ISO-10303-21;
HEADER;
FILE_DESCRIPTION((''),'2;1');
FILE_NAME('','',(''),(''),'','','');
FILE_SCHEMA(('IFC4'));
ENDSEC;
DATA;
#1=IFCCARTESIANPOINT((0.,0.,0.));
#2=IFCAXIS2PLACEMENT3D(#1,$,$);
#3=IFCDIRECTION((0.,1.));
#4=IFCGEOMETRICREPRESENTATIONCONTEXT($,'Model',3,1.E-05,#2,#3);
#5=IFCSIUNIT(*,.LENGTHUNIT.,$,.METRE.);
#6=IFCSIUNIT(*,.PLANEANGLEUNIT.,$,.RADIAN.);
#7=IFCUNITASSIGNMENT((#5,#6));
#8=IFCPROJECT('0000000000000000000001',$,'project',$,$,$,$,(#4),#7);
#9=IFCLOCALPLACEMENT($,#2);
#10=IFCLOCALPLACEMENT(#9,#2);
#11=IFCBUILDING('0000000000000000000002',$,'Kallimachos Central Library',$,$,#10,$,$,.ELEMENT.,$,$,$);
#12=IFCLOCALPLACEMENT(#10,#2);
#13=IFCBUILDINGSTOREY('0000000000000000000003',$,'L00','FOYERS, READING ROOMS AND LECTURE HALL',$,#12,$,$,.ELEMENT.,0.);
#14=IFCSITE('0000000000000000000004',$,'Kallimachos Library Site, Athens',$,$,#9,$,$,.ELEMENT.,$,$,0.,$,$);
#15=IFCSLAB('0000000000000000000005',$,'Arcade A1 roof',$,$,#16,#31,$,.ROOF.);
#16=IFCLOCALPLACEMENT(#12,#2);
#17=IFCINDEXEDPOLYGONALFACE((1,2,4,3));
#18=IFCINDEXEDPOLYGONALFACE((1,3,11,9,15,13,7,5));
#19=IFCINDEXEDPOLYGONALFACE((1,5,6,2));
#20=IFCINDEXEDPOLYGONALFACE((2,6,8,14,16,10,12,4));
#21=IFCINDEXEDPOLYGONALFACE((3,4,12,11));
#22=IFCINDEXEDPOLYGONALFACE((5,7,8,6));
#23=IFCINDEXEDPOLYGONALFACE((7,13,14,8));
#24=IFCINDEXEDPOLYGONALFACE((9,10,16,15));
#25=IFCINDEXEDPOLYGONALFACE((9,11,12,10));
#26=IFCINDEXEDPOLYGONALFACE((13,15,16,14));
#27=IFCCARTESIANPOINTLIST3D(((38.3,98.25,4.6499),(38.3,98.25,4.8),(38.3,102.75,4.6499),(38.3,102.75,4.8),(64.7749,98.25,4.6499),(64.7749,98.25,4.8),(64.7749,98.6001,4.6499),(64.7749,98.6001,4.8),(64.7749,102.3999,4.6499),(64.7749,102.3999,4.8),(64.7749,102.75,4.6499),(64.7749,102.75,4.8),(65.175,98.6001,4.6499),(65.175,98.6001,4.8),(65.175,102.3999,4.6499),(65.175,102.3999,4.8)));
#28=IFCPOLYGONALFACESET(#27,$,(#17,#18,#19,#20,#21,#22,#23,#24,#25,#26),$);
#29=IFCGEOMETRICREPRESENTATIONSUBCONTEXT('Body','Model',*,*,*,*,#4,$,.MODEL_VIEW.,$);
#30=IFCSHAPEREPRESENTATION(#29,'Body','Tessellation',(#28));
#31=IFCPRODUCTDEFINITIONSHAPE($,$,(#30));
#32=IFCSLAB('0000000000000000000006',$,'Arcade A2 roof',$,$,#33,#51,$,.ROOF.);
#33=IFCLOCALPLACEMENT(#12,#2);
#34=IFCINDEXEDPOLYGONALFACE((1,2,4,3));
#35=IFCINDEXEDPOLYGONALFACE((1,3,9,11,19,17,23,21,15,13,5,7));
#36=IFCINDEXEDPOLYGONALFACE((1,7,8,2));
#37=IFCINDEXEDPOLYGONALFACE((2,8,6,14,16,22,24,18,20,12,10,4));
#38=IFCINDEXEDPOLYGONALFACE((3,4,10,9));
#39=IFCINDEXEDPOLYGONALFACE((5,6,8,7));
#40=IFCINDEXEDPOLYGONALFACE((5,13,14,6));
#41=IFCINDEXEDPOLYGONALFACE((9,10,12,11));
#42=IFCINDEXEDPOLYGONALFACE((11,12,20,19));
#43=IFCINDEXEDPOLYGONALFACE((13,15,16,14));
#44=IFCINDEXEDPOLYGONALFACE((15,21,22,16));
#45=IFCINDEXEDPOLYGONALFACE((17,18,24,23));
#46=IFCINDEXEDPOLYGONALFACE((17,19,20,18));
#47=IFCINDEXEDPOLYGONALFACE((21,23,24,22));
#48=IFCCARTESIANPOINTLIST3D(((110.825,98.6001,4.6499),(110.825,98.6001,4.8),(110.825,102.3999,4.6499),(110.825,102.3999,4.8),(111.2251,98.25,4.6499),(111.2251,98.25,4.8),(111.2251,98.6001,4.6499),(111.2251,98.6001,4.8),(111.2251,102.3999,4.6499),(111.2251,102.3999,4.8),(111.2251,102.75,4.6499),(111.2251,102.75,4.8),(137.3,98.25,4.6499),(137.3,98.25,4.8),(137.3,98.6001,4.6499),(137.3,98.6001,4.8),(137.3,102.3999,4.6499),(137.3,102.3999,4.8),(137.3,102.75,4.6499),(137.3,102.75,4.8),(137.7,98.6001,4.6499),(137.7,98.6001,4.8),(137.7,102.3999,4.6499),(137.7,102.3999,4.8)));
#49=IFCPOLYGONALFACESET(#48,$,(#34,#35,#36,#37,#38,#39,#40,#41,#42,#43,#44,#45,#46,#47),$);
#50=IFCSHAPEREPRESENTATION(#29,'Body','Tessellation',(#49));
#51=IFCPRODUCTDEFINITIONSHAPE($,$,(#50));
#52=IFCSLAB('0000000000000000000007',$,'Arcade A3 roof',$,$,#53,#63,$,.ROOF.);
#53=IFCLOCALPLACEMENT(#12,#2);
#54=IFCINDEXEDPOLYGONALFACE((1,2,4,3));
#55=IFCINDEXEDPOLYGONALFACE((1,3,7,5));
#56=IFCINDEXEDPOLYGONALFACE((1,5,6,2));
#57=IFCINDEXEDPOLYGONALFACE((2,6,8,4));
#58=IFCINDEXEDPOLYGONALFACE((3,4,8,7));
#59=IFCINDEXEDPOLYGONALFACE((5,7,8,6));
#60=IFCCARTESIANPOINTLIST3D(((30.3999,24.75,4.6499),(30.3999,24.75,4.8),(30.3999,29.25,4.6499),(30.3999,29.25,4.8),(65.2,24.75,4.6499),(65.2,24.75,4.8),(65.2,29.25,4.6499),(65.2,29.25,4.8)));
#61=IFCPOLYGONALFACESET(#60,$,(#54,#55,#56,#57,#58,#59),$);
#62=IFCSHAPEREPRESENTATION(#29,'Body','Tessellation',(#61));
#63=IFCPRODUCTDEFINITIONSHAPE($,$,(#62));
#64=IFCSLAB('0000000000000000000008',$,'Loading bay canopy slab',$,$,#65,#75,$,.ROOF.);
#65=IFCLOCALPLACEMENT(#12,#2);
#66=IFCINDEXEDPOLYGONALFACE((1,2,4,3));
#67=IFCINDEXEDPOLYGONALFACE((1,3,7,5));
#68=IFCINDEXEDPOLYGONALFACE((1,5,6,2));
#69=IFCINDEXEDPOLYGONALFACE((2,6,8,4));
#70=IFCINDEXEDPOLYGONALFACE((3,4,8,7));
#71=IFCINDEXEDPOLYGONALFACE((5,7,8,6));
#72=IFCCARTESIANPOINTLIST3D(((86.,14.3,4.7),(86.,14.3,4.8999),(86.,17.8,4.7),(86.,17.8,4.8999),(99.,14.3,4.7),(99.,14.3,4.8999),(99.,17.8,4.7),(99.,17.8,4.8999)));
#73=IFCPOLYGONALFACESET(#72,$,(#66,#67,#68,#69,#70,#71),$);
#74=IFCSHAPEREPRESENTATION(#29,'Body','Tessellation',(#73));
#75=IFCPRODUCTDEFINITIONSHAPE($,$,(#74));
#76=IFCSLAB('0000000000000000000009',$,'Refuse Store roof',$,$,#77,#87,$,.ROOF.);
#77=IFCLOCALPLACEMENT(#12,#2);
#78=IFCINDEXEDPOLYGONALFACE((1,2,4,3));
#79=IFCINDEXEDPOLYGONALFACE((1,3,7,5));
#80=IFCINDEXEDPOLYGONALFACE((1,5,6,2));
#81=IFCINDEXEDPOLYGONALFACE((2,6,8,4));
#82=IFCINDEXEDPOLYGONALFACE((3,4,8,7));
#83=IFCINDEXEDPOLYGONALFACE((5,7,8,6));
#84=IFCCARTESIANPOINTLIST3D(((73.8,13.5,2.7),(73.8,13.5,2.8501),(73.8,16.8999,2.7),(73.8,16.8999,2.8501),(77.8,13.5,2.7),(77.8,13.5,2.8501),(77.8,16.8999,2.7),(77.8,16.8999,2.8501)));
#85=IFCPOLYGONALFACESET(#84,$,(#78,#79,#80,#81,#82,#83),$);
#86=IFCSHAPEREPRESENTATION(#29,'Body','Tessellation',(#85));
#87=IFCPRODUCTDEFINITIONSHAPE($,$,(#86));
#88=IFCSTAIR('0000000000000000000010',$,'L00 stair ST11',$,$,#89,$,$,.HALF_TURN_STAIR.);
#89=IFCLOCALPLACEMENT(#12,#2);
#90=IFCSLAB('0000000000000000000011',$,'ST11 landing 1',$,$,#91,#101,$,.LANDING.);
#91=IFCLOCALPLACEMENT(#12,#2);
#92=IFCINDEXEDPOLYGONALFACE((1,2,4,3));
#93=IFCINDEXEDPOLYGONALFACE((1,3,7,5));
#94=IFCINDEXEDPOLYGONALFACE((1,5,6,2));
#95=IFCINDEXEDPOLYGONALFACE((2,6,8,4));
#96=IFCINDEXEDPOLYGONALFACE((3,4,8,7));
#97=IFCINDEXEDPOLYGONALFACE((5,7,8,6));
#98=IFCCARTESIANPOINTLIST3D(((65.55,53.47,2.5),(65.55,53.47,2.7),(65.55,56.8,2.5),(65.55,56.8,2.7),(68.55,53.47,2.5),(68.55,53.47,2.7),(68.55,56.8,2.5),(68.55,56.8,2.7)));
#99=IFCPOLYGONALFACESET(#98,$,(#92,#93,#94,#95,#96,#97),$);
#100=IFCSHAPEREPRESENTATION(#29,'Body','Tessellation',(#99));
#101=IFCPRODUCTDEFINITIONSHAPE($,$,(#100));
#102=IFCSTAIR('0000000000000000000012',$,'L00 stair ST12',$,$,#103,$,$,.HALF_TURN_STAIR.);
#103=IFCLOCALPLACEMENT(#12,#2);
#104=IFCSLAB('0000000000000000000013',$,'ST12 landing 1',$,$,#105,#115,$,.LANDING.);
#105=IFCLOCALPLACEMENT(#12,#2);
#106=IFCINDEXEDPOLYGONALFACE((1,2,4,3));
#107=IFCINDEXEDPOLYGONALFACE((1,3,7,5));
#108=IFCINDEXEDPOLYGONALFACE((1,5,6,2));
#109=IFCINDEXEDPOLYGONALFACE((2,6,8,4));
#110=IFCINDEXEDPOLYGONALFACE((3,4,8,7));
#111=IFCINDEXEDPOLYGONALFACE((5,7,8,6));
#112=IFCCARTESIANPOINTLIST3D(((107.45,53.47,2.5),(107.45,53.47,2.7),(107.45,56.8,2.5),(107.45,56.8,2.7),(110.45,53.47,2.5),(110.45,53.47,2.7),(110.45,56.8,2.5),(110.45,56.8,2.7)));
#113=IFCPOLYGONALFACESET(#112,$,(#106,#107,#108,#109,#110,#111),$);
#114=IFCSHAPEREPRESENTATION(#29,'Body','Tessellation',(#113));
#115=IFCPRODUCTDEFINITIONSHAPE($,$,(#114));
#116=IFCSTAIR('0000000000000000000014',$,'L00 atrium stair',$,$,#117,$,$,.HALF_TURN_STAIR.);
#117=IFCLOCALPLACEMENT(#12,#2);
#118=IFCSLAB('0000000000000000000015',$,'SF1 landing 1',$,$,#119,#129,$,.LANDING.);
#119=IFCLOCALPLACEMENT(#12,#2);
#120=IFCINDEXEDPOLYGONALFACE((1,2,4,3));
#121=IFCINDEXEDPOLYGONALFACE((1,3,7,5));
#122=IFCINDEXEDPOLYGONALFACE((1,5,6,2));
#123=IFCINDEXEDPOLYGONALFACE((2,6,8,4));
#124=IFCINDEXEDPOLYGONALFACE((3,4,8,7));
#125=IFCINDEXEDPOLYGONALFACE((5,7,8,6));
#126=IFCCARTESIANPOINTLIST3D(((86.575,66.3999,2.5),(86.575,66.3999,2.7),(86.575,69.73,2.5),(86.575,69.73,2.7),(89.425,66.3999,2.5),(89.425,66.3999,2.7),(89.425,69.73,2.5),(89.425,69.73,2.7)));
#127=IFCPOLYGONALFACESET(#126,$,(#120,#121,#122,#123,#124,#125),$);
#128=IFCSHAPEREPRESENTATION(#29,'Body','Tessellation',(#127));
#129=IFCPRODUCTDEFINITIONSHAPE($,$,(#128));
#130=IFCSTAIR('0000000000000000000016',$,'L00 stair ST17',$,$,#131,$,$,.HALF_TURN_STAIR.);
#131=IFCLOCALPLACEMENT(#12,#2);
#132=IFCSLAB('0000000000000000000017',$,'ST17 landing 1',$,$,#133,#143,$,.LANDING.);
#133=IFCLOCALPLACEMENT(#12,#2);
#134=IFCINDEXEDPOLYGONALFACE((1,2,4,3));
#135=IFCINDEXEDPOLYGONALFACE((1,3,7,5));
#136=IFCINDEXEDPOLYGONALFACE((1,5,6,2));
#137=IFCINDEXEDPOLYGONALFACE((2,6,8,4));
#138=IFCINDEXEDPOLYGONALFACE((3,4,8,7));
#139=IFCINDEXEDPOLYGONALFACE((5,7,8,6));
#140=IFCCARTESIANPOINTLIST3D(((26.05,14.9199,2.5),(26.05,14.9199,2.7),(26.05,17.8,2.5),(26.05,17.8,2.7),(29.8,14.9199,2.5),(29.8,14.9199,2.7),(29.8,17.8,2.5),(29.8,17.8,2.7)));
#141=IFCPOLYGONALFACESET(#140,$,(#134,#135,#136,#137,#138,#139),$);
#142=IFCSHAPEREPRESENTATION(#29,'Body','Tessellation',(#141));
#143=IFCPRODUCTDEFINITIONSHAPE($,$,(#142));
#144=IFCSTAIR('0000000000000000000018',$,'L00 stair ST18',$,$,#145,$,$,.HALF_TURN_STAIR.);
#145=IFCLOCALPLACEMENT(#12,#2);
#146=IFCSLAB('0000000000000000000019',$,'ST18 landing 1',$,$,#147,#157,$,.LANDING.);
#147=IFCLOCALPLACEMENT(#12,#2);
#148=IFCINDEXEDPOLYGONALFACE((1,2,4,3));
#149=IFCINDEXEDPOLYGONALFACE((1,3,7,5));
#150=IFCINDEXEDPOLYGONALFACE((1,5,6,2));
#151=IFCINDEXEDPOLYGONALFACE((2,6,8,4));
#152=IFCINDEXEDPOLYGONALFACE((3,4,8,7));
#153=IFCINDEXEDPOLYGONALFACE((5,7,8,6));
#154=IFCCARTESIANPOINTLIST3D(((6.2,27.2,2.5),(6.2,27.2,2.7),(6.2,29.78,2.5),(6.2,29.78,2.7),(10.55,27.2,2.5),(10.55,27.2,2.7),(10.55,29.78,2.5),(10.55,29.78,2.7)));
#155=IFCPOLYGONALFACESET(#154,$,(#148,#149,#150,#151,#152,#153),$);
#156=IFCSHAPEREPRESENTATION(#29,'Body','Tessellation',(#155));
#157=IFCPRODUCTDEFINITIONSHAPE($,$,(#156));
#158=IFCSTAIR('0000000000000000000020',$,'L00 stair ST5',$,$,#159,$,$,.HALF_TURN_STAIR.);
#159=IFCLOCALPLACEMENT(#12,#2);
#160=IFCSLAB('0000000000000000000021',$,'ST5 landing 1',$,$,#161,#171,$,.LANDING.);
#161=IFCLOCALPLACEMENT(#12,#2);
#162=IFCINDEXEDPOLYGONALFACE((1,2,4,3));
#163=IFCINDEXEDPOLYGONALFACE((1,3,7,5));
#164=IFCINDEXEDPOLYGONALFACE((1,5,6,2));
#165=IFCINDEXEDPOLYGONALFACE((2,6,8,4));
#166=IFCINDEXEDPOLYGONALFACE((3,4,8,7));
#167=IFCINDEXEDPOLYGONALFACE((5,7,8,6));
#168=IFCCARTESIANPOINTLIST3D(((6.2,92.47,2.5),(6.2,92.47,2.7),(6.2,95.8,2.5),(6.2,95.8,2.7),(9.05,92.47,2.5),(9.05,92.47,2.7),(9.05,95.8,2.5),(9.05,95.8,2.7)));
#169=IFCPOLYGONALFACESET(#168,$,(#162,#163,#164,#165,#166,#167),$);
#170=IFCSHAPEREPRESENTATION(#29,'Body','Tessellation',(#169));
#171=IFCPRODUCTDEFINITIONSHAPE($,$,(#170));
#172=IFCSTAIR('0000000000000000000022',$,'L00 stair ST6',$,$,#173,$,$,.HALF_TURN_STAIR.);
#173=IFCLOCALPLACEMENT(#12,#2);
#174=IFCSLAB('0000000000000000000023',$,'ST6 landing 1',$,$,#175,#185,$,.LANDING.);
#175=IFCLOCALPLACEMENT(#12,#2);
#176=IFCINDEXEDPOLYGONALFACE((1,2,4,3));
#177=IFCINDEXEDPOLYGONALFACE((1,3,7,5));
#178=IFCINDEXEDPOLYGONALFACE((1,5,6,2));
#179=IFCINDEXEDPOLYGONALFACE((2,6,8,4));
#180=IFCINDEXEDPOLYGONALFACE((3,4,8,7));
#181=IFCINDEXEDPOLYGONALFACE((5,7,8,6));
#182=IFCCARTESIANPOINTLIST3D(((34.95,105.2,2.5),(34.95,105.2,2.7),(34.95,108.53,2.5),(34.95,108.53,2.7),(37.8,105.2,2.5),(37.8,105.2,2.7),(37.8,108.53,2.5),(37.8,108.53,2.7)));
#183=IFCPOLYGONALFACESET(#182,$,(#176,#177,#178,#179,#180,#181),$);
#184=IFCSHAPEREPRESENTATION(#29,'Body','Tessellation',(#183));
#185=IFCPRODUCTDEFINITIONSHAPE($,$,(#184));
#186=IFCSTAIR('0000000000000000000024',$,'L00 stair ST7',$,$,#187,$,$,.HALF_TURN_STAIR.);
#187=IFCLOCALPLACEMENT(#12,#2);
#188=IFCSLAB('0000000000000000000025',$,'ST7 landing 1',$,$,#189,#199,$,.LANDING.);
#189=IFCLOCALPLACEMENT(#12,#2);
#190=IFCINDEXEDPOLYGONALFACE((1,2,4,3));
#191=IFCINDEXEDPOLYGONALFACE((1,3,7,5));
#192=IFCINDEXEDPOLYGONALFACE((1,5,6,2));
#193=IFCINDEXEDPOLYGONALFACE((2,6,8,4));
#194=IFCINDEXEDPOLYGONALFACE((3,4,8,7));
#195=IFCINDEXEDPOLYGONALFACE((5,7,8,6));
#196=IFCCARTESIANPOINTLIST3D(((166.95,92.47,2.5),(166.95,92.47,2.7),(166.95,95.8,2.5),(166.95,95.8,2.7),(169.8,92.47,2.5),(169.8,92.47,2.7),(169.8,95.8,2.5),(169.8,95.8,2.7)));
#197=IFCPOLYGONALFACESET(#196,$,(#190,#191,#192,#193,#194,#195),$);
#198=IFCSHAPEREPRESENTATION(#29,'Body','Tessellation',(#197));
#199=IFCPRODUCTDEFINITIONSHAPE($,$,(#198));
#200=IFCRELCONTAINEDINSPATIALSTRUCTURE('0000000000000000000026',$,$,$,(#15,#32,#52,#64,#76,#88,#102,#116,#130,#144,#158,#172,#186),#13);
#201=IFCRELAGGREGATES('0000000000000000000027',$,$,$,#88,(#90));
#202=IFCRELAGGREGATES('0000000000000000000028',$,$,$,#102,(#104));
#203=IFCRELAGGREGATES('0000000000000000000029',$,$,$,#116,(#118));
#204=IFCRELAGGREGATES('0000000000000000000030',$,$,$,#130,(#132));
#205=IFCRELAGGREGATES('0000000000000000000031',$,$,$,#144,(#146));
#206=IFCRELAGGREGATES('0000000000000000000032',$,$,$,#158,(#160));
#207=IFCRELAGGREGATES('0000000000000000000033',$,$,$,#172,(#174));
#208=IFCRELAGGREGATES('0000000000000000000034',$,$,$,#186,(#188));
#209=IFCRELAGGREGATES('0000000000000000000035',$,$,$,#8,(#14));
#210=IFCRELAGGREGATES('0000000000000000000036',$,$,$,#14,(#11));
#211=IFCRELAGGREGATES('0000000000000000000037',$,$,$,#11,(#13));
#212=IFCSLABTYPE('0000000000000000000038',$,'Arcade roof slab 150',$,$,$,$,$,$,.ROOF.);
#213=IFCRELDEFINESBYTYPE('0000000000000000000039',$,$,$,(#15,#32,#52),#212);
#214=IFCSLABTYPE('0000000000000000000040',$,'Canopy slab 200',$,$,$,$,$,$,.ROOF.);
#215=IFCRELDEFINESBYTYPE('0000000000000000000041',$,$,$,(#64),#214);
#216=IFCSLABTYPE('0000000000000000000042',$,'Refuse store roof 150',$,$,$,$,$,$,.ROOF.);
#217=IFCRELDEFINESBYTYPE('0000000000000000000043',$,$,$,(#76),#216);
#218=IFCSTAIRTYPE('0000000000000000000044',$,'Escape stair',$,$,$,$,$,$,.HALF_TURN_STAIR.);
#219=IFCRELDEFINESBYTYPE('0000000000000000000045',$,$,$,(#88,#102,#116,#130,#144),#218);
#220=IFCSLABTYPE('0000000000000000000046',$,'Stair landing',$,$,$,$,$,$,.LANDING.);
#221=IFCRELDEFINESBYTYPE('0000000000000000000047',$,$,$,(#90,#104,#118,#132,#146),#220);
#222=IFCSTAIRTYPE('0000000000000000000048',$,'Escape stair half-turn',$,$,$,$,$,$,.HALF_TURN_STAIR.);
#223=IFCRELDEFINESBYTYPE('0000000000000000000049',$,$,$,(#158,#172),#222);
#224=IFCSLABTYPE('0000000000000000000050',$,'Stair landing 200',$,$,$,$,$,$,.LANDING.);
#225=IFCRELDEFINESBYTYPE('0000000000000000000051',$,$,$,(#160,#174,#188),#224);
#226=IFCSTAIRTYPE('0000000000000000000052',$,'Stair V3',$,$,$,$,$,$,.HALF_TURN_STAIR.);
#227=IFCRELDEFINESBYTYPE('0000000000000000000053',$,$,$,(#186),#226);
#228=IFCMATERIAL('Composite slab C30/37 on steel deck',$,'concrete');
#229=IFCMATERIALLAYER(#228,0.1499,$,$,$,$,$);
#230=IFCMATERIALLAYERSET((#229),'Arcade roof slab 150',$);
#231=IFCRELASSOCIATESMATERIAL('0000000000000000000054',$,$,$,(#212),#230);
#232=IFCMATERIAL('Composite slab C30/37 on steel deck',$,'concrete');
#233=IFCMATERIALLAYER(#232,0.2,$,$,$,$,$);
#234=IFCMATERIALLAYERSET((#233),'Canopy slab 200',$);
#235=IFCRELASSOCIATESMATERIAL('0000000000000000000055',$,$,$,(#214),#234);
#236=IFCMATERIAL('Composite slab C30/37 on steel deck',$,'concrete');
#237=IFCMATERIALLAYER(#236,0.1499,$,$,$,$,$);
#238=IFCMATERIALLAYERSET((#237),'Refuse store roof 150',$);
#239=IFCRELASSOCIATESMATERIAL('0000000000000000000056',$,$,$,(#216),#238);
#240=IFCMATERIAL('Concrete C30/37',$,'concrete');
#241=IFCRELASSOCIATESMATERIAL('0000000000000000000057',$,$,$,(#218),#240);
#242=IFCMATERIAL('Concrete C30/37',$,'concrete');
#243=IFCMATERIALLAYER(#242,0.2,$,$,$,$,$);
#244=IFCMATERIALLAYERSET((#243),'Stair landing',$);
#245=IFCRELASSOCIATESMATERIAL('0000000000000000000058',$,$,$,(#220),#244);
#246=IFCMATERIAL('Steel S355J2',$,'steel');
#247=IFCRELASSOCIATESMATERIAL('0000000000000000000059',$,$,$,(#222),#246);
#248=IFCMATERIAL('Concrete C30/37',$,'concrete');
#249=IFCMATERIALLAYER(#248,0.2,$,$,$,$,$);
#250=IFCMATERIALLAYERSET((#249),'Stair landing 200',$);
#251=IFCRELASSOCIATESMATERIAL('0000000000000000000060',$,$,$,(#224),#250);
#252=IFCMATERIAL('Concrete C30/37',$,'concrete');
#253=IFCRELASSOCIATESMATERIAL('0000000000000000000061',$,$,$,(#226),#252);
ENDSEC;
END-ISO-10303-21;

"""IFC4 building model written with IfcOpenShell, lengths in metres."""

from ifc_helpers import new_model, si_unit, direction, frame, origin, place, context, subcontext, project, spatial, polyline, outline, extrude, material, layer, layer_set, type_object, element, aggregate, save


model = new_model("IFC4")

# Units and contexts
model_context = context("Model", 3, precision=1e-05, world=origin(), true_north=direction((0.0, 1.0)))
body_context = subcontext(model_context, "Body", "Model", "MODEL_VIEW")
ifc_project = project(units=[si_unit("LENGTHUNIT", "METRE"), si_unit("PLANEANGLEUNIT", "RADIAN")], contexts=[model_context])

# Site, building, storey
site_placement = place(None, origin())
site = spatial("IfcSite", under=ifc_project, at=site_placement, Name="Kallimachos Library Site, Athens", CompositionType="ELEMENT", RefElevation=0.0)
building_placement = place(site_placement, origin())
building = spatial("IfcBuilding", under=site, at=building_placement, Name="Kallimachos Central Library", CompositionType="ELEMENT")
storey_placement = place(building_placement, origin())
storey = spatial("IfcBuildingStorey", under=building, at=storey_placement, Name="L00", Description="FOYERS, READING ROOMS AND LECTURE HALL", CompositionType="ELEMENT", Elevation=0.0)

# Slabs
ifc_material_1 = material(Name="Composite slab C30/37 on steel deck", Category="concrete")
ifc_layer_1 = layer(ifc_material_1, 0.1499)
ifc_layer_set_1 = layer_set([ifc_layer_1], Name="Arcade roof slab 150")
slab_type_1 = type_object("IfcSlabType", Name="Arcade roof slab 150", PredefinedType="ROOF", material=ifc_layer_set_1)
slab_1_placement = place(storey_placement, frame((0.0, 0.0, 4.6499)))
element("IfcSlab", 1, at=slab_1_placement, inside=storey, type_object=slab_type_1, Name="Arcade A1 roof", PredefinedType="ROOF", context=body_context, shape_type="SweptSolid", body=[
    extrude(outline(polyline([(38.3, 98.25), (64.7749, 98.25), (64.7749, 98.6001), (65.175, 98.6001), (65.175, 102.3999), (64.7749, 102.3999), (64.7749, 102.75), (38.3, 102.75), (38.3, 98.25)])), origin(), (0.0, 0.0, 1.0), 0.1501),
])
slab_2_placement = place(storey_placement, frame((0.0, 0.0, 4.6499)))
element("IfcSlab", 2, at=slab_2_placement, inside=storey, type_object=slab_type_1, Name="Arcade A2 roof", PredefinedType="ROOF", context=body_context, shape_type="SweptSolid", body=[
    extrude(outline(polyline([(110.825, 98.6001), (111.2251, 98.6001), (111.2251, 98.25), (137.3, 98.25), (137.3, 98.6001), (137.7, 98.6001), (137.7, 102.3999), (137.3, 102.3999), (137.3, 102.75), (111.2251, 102.75), (111.2251, 102.3999), (110.825, 102.3999), (110.825, 98.6001)])), origin(), (0.0, 0.0, 1.0), 0.1501),
])
slab_3_placement = place(storey_placement, frame((0.0, 0.0, 4.6499)))
element("IfcSlab", 3, at=slab_3_placement, inside=storey, type_object=slab_type_1, Name="Arcade A3 roof", PredefinedType="ROOF", context=body_context, shape_type="SweptSolid", body=[
    extrude(outline(polyline([(30.3999, 24.75), (65.2, 24.75), (65.2, 29.25), (30.3999, 29.25), (30.3999, 24.75)])), origin(), (0.0, 0.0, 1.0), 0.1501),
])
ifc_material_2 = material(Name="Composite slab C30/37 on steel deck", Category="concrete")
ifc_layer_2 = layer(ifc_material_2, 0.2)
ifc_layer_set_2 = layer_set([ifc_layer_2], Name="Canopy slab 200")
slab_type_2 = type_object("IfcSlabType", Name="Canopy slab 200", PredefinedType="ROOF", material=ifc_layer_set_2)
slab_4_placement = place(storey_placement, frame((0.0, 0.0, 4.7)))
element("IfcSlab", 4, at=slab_4_placement, inside=storey, type_object=slab_type_2, Name="Loading bay canopy slab", PredefinedType="ROOF", context=body_context, shape_type="SweptSolid", body=[
    extrude(outline(polyline([(86.0, 14.3), (99.0, 14.3), (99.0, 17.8), (86.0, 17.8), (86.0, 14.3)])), origin(), (0.0, 0.0, 1.0), 0.2),
])
ifc_material_3 = material(Name="Composite slab C30/37 on steel deck", Category="concrete")
ifc_layer_3 = layer(ifc_material_3, 0.1499)
ifc_layer_set_3 = layer_set([ifc_layer_3], Name="Refuse store roof 150")
slab_type_3 = type_object("IfcSlabType", Name="Refuse store roof 150", PredefinedType="ROOF", material=ifc_layer_set_3)
slab_5_placement = place(storey_placement, frame((0.0, 0.0, 2.7)))
element("IfcSlab", 5, at=slab_5_placement, inside=storey, type_object=slab_type_3, Name="Refuse Store roof", PredefinedType="ROOF", context=body_context, shape_type="SweptSolid", body=[
    extrude(outline(polyline([(73.8, 13.5), (77.8, 13.5), (77.8, 16.8999), (73.8, 16.8999), (73.8, 13.5)])), origin(), (0.0, 0.0, 1.0), 0.1501),
])

# Stairs, slabs
ifc_material_4 = material(Name="Concrete C30/37", Category="concrete")
stair_type_1 = type_object("IfcStairType", Name="Escape stair", PredefinedType="HALF_TURN_STAIR", material=ifc_material_4)
stair_1_placement = place(storey_placement, origin())
stair_1 = element("IfcStair", 6, at=stair_1_placement, inside=storey, type_object=stair_type_1, Name="L00 stair ST11", PredefinedType="HALF_TURN_STAIR")
ifc_material_5 = material(Name="Concrete C30/37", Category="concrete")
ifc_layer_4 = layer(ifc_material_5, 0.2)
ifc_layer_set_4 = layer_set([ifc_layer_4], Name="Stair landing")
slab_type_4 = type_object("IfcSlabType", Name="Stair landing", PredefinedType="LANDING", material=ifc_layer_set_4)
slab_6_placement = place(storey_placement, frame((0.0, 0.0, 2.5)))
slab_6 = element("IfcSlab", 7, at=slab_6_placement, type_object=slab_type_4, Name="ST11 landing 1", PredefinedType="LANDING", context=body_context, shape_type="SweptSolid", body=[
    extrude(outline(polyline([(65.55, 53.47), (68.55, 53.47), (68.55, 56.8), (65.55, 56.8), (65.55, 53.47)])), origin(), (0.0, 0.0, 1.0), 0.2),
])
aggregate(stair_1, [slab_6])
stair_2_placement = place(storey_placement, origin())
stair_2 = element("IfcStair", 8, at=stair_2_placement, inside=storey, type_object=stair_type_1, Name="L00 stair ST12", PredefinedType="HALF_TURN_STAIR")
slab_7_placement = place(storey_placement, frame((0.0, 0.0, 2.5)))
slab_7 = element("IfcSlab", 9, at=slab_7_placement, type_object=slab_type_4, Name="ST12 landing 1", PredefinedType="LANDING", context=body_context, shape_type="SweptSolid", body=[
    extrude(outline(polyline([(107.45, 53.47), (110.45, 53.47), (110.45, 56.8), (107.45, 56.8), (107.45, 53.47)])), origin(), (0.0, 0.0, 1.0), 0.2),
])
aggregate(stair_2, [slab_7])
stair_3_placement = place(storey_placement, origin())
stair_3 = element("IfcStair", 10, at=stair_3_placement, inside=storey, type_object=stair_type_1, Name="L00 atrium stair", PredefinedType="HALF_TURN_STAIR")
slab_8_placement = place(storey_placement, frame((0.0, 0.0, 2.5)))
slab_8 = element("IfcSlab", 11, at=slab_8_placement, type_object=slab_type_4, Name="SF1 landing 1", PredefinedType="LANDING", context=body_context, shape_type="SweptSolid", body=[
    extrude(outline(polyline([(86.575, 69.73), (86.575, 66.3999), (89.425, 66.3999), (89.425, 69.73), (86.575, 69.73)])), origin(), (0.0, 0.0, 1.0), 0.2),
])
aggregate(stair_3, [slab_8])
stair_4_placement = place(storey_placement, origin())
stair_4 = element("IfcStair", 12, at=stair_4_placement, inside=storey, type_object=stair_type_1, Name="L00 stair ST17", PredefinedType="HALF_TURN_STAIR")
slab_9_placement = place(storey_placement, frame((0.0, 0.0, 2.5)))
slab_9 = element("IfcSlab", 13, at=slab_9_placement, type_object=slab_type_4, Name="ST17 landing 1", PredefinedType="LANDING", context=body_context, shape_type="SweptSolid", body=[
    extrude(outline(polyline([(29.8, 14.9199), (29.8, 17.8), (26.05, 17.8), (26.05, 14.9199), (29.8, 14.9199)])), origin(), (0.0, 0.0, 1.0), 0.2),
])
aggregate(stair_4, [slab_9])
stair_5_placement = place(storey_placement, origin())
stair_5 = element("IfcStair", 14, at=stair_5_placement, inside=storey, type_object=stair_type_1, Name="L00 stair ST18", PredefinedType="HALF_TURN_STAIR")
slab_10_placement = place(storey_placement, frame((0.0, 0.0, 2.5)))
slab_10 = element("IfcSlab", 15, at=slab_10_placement, type_object=slab_type_4, Name="ST18 landing 1", PredefinedType="LANDING", context=body_context, shape_type="SweptSolid", body=[
    extrude(outline(polyline([(6.2, 29.78), (6.2, 27.2), (10.55, 27.2), (10.55, 29.78), (6.2, 29.78)])), origin(), (0.0, 0.0, 1.0), 0.2),
])
aggregate(stair_5, [slab_10])
ifc_material_6 = material(Name="Steel S355J2", Category="steel")
stair_type_2 = type_object("IfcStairType", Name="Escape stair half-turn", PredefinedType="HALF_TURN_STAIR", material=ifc_material_6)
stair_6_placement = place(storey_placement, origin())
stair_6 = element("IfcStair", 16, at=stair_6_placement, inside=storey, type_object=stair_type_2, Name="L00 stair ST5", PredefinedType="HALF_TURN_STAIR")
ifc_material_7 = material(Name="Concrete C30/37", Category="concrete")
ifc_layer_5 = layer(ifc_material_7, 0.2)
ifc_layer_set_5 = layer_set([ifc_layer_5], Name="Stair landing 200")
slab_type_5 = type_object("IfcSlabType", Name="Stair landing 200", PredefinedType="LANDING", material=ifc_layer_set_5)
slab_11_placement = place(storey_placement, frame((0.0, 0.0, 2.5)))
slab_11 = element("IfcSlab", 17, at=slab_11_placement, type_object=slab_type_5, Name="ST5 landing 1", PredefinedType="LANDING", context=body_context, shape_type="SweptSolid", body=[
    extrude(outline(polyline([(9.05, 92.47), (9.05, 95.8), (6.2, 95.8), (6.2, 92.47), (9.05, 92.47)])), origin(), (0.0, 0.0, 1.0), 0.2),
])
aggregate(stair_6, [slab_11])
stair_7_placement = place(storey_placement, origin())
stair_7 = element("IfcStair", 18, at=stair_7_placement, inside=storey, type_object=stair_type_2, Name="L00 stair ST6", PredefinedType="HALF_TURN_STAIR")
slab_12_placement = place(storey_placement, frame((0.0, 0.0, 2.5)))
slab_12 = element("IfcSlab", 19, at=slab_12_placement, type_object=slab_type_5, Name="ST6 landing 1", PredefinedType="LANDING", context=body_context, shape_type="SweptSolid", body=[
    extrude(outline(polyline([(34.95, 108.53), (34.95, 105.2), (37.8, 105.2), (37.8, 108.53), (34.95, 108.53)])), origin(), (0.0, 0.0, 1.0), 0.2),
])
aggregate(stair_7, [slab_12])
ifc_material_8 = material(Name="Concrete C30/37", Category="concrete")
stair_type_3 = type_object("IfcStairType", Name="Stair V3", PredefinedType="HALF_TURN_STAIR", material=ifc_material_8)
stair_8_placement = place(storey_placement, origin())
stair_8 = element("IfcStair", 20, at=stair_8_placement, inside=storey, type_object=stair_type_3, Name="L00 stair ST7", PredefinedType="HALF_TURN_STAIR")
slab_13_placement = place(storey_placement, frame((0.0, 0.0, 2.5)))
slab_13 = element("IfcSlab", 21, at=slab_13_placement, type_object=slab_type_5, Name="ST7 landing 1", PredefinedType="LANDING", context=body_context, shape_type="SweptSolid", body=[
    extrude(outline(polyline([(169.8, 92.47), (169.8, 95.8), (166.95, 95.8), (166.95, 92.47), (169.8, 92.47)])), origin(), (0.0, 0.0, 1.0), 0.2),
])
aggregate(stair_8, [slab_13])

save(model, "model.ifc")
